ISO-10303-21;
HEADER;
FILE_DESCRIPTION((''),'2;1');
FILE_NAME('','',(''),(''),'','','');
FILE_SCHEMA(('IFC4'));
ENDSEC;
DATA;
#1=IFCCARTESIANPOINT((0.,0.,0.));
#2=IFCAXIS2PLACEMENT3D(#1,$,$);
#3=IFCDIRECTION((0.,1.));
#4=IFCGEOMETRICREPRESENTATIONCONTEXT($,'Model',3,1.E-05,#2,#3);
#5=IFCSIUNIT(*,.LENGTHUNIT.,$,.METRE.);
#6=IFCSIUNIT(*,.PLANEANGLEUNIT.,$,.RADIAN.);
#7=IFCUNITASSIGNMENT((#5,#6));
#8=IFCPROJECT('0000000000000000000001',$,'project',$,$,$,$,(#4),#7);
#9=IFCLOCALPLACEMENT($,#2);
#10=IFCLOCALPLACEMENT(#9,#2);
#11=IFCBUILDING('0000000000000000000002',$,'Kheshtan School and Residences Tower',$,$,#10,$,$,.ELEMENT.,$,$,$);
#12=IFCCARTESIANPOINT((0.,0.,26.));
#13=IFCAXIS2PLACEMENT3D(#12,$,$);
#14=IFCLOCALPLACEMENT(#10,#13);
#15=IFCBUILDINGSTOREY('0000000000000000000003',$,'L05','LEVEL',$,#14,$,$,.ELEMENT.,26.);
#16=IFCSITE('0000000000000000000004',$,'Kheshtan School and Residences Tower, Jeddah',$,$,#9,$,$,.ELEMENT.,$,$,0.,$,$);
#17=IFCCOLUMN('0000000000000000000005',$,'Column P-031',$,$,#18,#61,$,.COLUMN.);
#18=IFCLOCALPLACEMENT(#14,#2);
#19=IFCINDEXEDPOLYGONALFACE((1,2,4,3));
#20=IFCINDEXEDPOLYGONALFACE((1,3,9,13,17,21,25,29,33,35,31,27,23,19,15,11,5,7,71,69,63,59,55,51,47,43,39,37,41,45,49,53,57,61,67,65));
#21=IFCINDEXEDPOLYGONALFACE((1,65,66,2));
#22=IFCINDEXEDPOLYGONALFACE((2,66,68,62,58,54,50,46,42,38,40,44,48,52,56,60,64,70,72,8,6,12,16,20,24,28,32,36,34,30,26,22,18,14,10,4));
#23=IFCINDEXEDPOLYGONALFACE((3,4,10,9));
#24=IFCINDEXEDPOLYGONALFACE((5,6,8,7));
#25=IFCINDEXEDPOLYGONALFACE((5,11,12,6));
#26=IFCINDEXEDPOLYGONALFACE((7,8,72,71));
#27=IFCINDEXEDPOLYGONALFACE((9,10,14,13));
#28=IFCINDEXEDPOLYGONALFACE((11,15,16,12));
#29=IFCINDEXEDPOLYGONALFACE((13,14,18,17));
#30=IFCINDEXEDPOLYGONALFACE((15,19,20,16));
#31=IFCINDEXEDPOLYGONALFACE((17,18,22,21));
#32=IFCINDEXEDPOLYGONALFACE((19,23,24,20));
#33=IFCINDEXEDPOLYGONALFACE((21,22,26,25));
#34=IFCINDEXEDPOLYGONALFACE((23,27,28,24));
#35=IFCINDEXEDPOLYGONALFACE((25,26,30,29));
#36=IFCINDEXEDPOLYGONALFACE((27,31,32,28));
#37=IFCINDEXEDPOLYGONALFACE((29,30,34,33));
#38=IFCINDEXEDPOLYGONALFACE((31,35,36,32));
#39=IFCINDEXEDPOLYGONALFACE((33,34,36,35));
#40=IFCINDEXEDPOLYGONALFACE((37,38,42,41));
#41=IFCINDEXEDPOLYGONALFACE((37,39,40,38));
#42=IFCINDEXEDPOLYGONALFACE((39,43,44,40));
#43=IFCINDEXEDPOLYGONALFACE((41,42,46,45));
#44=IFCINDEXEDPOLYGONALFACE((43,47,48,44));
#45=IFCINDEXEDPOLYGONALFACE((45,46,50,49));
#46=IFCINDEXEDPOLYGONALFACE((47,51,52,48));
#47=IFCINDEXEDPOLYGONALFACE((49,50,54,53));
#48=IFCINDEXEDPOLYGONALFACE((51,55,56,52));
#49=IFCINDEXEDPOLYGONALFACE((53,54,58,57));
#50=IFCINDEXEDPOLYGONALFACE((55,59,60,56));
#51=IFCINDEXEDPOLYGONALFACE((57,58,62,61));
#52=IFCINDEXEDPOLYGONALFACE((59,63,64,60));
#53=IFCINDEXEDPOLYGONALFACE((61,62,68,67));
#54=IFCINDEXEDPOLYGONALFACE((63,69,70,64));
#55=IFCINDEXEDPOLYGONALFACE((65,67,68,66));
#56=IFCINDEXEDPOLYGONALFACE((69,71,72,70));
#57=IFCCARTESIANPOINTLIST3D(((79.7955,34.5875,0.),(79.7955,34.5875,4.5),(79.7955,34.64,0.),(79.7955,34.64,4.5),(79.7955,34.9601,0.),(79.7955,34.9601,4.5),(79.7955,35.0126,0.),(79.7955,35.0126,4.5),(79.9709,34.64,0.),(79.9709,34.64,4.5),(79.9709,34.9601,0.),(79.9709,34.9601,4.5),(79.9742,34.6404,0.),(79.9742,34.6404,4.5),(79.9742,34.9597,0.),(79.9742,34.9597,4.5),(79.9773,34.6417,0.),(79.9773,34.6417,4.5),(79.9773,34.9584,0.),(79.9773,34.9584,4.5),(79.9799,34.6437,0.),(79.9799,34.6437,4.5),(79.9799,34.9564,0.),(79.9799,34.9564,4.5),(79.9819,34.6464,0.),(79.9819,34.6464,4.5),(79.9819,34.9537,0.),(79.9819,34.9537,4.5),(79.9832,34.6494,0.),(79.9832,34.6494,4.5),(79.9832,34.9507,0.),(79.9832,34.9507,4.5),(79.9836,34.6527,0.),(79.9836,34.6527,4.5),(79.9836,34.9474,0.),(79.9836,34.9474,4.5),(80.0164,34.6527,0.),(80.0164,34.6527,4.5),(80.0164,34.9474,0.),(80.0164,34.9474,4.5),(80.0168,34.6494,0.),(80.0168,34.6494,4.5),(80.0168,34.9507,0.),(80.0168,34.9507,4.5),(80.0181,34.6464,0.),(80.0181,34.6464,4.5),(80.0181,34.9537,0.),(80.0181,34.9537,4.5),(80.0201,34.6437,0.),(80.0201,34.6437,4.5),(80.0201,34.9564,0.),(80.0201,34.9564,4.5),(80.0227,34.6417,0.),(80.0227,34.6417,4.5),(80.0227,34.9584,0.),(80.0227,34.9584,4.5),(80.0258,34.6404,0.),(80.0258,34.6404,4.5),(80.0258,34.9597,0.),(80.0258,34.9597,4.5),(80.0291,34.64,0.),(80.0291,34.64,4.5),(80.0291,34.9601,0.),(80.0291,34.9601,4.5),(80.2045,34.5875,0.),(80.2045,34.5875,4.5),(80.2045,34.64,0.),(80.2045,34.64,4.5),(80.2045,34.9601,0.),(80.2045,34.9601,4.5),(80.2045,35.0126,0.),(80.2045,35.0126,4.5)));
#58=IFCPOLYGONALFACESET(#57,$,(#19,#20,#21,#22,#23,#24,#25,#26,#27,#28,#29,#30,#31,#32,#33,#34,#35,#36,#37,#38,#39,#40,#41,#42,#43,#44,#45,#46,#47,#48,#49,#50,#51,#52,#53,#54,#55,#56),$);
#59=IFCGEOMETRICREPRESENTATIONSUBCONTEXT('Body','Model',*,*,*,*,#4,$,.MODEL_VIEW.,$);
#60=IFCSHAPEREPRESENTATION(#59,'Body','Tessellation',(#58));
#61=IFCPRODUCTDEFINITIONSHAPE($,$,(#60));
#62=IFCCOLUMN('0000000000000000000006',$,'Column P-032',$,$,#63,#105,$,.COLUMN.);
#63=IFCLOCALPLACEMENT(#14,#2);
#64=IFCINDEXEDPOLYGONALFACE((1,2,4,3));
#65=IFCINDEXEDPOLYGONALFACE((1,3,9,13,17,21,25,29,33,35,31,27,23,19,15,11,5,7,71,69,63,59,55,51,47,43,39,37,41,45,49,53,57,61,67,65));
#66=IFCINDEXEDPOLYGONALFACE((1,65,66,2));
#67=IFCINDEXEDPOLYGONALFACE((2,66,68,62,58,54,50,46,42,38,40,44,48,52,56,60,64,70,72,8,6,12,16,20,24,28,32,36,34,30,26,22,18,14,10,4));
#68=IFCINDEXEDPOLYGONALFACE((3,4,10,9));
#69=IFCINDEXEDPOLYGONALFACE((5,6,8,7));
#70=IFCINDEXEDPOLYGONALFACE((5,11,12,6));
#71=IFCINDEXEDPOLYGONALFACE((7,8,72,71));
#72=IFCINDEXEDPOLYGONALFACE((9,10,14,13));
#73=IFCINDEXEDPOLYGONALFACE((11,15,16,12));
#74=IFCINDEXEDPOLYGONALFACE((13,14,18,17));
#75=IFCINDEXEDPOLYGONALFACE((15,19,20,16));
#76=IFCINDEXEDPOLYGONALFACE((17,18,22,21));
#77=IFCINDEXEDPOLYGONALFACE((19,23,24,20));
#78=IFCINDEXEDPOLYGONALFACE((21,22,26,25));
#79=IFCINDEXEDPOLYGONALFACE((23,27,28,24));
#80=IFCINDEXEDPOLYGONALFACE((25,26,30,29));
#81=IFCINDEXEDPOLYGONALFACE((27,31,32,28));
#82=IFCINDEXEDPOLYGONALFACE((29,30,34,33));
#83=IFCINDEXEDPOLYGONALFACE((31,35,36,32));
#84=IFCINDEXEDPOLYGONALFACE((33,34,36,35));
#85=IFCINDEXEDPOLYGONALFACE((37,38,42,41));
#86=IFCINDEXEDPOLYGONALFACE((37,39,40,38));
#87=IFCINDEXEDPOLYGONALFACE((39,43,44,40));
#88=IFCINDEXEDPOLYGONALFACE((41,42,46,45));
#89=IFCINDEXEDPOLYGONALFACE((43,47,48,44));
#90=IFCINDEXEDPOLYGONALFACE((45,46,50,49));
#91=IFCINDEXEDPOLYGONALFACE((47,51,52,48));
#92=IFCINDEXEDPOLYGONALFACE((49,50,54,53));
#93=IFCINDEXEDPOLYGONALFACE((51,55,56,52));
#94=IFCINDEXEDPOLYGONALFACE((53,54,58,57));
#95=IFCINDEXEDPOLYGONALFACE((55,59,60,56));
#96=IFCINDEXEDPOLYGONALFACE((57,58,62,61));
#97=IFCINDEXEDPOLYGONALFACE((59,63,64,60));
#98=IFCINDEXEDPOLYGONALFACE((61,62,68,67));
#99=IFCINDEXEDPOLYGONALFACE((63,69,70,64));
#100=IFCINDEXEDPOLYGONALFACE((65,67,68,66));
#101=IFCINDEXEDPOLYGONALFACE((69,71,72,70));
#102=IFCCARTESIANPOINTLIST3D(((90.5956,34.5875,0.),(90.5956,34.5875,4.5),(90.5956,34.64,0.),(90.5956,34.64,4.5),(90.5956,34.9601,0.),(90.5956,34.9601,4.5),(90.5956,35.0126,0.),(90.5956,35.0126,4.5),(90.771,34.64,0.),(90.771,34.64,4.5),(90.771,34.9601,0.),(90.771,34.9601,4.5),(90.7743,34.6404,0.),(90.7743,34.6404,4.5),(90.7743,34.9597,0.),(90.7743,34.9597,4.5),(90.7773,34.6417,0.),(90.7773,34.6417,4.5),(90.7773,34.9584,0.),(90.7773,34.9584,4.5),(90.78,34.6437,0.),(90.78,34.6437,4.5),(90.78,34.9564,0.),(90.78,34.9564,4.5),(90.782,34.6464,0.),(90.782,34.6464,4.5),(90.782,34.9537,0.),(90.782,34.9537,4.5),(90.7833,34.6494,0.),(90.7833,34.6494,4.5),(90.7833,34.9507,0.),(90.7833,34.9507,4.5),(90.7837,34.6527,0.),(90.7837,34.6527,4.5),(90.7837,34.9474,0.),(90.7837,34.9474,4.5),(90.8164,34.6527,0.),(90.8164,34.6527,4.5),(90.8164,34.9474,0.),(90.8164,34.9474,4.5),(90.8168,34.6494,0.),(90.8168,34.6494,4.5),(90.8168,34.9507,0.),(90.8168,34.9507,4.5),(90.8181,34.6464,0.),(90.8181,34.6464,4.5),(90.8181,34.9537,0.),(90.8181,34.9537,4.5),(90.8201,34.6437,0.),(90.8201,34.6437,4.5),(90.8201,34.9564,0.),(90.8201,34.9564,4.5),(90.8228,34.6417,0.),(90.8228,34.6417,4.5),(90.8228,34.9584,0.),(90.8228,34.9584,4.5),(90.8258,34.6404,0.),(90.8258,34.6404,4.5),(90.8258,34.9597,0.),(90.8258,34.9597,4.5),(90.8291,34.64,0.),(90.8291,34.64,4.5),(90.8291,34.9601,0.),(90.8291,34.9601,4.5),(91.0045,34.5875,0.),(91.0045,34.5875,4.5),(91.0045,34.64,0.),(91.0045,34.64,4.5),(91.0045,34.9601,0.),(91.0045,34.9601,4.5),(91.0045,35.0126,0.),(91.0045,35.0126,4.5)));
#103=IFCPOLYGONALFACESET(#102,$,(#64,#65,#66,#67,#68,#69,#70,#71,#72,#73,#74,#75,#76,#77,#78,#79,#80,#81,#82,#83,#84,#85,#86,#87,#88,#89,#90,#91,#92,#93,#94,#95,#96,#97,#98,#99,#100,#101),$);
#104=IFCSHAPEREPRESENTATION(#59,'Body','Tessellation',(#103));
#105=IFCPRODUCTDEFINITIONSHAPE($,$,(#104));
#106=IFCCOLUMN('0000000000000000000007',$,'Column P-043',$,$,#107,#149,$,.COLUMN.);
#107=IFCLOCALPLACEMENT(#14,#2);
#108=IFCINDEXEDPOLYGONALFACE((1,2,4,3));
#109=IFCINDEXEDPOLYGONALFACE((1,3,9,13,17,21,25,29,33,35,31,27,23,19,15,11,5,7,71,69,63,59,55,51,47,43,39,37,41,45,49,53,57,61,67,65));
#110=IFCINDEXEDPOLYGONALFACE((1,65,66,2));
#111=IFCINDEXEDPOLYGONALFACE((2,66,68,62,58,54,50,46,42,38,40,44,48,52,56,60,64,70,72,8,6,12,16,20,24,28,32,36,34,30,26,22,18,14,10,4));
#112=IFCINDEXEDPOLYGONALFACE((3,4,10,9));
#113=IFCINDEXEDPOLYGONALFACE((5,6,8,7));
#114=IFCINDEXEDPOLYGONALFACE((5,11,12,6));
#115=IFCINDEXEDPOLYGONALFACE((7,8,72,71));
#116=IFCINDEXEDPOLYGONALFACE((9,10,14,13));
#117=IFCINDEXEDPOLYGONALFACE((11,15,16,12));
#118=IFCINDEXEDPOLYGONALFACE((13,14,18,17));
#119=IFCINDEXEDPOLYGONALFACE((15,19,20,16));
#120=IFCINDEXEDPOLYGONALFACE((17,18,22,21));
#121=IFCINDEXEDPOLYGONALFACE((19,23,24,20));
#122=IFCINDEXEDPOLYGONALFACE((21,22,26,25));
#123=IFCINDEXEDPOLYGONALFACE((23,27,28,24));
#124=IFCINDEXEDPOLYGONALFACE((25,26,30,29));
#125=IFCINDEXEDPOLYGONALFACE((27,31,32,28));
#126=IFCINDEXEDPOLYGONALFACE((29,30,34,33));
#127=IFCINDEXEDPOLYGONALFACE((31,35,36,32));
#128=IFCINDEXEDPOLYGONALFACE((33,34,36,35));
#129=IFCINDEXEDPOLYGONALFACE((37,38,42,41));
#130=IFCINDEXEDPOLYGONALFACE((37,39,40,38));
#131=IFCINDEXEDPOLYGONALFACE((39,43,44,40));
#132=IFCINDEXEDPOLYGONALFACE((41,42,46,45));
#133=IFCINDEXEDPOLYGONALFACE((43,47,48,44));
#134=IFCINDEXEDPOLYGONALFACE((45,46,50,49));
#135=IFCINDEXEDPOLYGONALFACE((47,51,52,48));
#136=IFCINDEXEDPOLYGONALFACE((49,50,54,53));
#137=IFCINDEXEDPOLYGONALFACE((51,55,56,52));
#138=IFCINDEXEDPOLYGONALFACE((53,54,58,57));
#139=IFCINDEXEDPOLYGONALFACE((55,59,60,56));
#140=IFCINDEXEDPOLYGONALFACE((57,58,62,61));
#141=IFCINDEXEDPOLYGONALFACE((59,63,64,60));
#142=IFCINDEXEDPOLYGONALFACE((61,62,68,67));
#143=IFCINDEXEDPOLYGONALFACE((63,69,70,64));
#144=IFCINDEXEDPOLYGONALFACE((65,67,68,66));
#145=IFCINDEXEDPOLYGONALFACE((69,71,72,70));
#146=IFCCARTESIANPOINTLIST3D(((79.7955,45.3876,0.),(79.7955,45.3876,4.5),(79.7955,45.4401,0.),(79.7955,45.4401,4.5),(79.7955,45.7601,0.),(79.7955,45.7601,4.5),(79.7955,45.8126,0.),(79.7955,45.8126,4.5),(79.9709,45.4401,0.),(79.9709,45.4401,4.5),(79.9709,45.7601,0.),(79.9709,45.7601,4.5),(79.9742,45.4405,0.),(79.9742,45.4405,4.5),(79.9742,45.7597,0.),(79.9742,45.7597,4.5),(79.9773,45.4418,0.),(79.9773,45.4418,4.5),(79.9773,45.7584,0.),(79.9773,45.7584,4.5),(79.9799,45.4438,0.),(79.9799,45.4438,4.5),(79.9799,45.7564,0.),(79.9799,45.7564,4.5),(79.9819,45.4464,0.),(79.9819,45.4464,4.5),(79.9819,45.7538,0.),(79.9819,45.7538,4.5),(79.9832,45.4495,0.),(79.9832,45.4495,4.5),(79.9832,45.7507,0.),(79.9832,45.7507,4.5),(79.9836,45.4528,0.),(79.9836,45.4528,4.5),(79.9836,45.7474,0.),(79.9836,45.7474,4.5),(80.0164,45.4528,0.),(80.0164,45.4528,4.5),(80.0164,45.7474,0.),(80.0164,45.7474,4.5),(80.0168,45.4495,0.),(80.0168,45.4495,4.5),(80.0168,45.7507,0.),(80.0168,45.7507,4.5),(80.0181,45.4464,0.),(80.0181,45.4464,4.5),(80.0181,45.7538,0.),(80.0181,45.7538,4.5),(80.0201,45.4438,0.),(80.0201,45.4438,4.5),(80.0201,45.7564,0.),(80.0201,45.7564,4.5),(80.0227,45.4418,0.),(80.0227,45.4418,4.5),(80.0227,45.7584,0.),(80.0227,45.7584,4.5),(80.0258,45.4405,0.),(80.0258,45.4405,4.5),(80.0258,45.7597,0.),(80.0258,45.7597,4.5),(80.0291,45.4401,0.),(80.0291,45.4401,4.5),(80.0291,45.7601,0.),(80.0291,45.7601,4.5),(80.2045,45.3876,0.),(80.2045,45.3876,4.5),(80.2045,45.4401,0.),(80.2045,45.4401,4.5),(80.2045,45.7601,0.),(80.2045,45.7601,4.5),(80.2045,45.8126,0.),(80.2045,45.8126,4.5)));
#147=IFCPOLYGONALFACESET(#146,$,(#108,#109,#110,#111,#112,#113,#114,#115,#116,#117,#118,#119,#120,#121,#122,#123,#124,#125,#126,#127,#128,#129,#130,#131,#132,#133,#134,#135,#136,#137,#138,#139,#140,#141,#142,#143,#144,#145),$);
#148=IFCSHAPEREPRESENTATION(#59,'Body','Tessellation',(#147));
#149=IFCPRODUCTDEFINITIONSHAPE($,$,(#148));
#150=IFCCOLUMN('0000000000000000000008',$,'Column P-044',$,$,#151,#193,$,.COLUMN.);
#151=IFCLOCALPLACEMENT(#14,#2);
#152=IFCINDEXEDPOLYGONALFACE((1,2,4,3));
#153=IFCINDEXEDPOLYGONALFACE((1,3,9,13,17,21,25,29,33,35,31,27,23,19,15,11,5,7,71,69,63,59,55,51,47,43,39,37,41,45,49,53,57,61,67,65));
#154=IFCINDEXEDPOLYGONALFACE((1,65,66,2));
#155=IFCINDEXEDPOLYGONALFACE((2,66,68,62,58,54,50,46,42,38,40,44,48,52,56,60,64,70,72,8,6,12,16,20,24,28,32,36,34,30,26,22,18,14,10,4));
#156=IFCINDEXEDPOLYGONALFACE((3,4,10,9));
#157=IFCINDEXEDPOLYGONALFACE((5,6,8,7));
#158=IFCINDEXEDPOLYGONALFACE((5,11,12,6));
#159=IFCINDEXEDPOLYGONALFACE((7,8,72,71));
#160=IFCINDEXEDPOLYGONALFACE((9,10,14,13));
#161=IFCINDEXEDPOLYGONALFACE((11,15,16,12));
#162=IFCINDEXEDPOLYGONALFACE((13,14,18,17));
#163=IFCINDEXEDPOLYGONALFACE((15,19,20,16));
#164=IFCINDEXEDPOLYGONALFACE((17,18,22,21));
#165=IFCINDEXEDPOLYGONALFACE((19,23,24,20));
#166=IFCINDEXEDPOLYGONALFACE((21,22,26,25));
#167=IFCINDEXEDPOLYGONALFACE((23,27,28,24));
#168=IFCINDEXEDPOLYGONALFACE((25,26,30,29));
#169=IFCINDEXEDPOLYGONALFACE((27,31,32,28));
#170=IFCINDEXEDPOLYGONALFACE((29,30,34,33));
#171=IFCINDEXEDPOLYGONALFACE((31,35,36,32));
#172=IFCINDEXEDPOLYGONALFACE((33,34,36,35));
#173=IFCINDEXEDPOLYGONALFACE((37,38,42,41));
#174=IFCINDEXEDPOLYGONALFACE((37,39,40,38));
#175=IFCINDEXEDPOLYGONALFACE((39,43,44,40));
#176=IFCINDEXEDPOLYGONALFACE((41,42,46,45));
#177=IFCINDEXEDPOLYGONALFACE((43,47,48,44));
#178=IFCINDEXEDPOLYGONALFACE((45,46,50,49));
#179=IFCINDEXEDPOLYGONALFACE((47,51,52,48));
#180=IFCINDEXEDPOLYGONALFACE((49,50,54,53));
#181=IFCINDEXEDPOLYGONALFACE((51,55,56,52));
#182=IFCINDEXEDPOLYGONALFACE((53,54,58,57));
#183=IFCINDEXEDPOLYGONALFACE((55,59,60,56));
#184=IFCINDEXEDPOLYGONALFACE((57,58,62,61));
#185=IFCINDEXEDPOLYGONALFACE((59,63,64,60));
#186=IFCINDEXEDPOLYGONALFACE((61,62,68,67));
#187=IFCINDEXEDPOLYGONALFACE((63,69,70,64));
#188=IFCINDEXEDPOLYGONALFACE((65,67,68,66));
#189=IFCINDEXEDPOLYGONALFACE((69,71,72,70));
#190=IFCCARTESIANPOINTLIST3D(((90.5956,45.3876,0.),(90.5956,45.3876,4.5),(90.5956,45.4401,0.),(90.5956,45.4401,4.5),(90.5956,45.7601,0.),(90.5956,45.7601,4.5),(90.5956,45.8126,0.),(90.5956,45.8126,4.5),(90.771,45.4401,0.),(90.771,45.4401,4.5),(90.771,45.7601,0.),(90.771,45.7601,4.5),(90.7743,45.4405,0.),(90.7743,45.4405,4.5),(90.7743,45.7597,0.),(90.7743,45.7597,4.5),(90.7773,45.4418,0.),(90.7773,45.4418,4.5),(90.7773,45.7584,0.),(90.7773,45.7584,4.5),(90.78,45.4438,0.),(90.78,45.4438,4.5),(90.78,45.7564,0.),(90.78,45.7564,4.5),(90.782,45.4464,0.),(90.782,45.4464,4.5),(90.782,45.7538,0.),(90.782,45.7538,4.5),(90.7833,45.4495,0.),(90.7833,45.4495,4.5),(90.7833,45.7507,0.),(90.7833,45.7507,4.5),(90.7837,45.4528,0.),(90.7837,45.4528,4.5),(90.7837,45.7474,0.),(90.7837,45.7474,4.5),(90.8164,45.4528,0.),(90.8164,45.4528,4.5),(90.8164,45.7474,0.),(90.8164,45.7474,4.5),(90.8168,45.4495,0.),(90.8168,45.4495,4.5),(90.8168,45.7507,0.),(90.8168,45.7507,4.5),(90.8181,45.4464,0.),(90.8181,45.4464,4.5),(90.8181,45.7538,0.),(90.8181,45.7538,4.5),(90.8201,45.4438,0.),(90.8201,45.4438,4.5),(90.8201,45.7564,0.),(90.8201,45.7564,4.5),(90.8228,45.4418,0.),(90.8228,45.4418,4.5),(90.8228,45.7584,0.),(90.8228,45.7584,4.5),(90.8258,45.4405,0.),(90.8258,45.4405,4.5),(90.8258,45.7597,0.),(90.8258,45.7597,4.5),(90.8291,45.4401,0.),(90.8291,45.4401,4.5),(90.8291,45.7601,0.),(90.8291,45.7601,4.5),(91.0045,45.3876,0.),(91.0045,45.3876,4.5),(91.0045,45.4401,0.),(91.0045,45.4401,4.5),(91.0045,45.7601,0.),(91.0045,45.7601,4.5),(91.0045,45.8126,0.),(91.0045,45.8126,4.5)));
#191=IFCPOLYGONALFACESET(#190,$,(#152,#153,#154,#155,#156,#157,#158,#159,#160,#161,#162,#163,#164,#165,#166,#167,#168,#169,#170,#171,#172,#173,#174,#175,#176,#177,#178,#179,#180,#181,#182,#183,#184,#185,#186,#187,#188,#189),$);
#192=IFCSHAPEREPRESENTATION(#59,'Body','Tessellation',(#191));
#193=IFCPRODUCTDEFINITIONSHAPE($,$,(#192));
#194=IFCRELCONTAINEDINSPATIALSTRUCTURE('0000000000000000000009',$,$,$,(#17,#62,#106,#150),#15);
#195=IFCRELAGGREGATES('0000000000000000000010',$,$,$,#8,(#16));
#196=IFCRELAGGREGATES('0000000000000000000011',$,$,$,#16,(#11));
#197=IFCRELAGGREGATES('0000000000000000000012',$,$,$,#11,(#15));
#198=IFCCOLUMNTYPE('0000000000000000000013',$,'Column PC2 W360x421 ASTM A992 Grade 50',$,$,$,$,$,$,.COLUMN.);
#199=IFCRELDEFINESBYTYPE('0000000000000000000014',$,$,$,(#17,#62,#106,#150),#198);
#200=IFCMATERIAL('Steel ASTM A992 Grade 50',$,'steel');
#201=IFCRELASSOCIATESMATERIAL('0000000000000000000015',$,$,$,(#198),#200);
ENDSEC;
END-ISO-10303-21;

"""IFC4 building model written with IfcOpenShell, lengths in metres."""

from ifc_helpers import new_model, si_unit, direction, frame, origin, origin_2d, place, context, subcontext, project, spatial, i_section, extrude, material, material_profile, profile_set, type_object, element, save


model = new_model("IFC4")

# Units and contexts
model_context = context("Model", 3, precision=1e-05, world=origin(), true_north=direction((0.0, 1.0)))
body_context = subcontext(model_context, "Body", "Model", "MODEL_VIEW")
ifc_project = project(units=[si_unit("LENGTHUNIT", "METRE"), si_unit("PLANEANGLEUNIT", "RADIAN")], contexts=[model_context])

# Site, building, storey
site_placement = place(None, origin())
site = spatial("IfcSite", under=ifc_project, at=site_placement, Name="Kheshtan School and Residences Tower, Jeddah", CompositionType="ELEMENT", RefElevation=0.0)
building_placement = place(site_placement, origin())
building = spatial("IfcBuilding", under=site, at=building_placement, Name="Kheshtan School and Residences Tower", CompositionType="ELEMENT")
storey_placement = place(building_placement, frame((0.0, 0.0, 26.0)))
storey = spatial("IfcBuildingStorey", under=building, at=storey_placement, Name="L05", Description="LEVEL", CompositionType="ELEMENT", Elevation=26.0)

# Columns
ifc_material_1 = material(Name="Steel ASTM A992 Grade 50", Category="steel")
ifc_material_profile = material_profile(ifc_material_1, i_section(OverallWidth=0.4089, OverallDepth=0.425, WebThickness=0.0327, FlangeThickness=0.0525, FilletRadius=0.0127, at=origin_2d()), Name="W360x421")
ifc_profile_set = profile_set([ifc_material_profile], Name="Steel ASTM A992 Grade 50")
column_type = type_object("IfcColumnType", Name="Column PC2 W360x421 ASTM A992 Grade 50", PredefinedType="COLUMN", material=ifc_profile_set)
for number, where, z_axis, x_axis, name in (
    (1, (80.0, 34.8, 0.0), (0.0, 0.0, 1.0), (1.0, 0.0, 0.0), "Column P-031"),
    (2, (90.8, 34.8, 0.0), (0.0, 0.0, 1.0), (1.0, 0.0, 0.0), "Column P-032"),
    (3, (80.0, 45.6001, 0.0), (0.0, 0.0, 1.0), (1.0, 0.0, 0.0), "Column P-043"),
    (4, (90.8, 45.6001, 0.0), (0.0, 0.0, 1.0), (1.0, 0.0, 0.0), "Column P-044"),
):
    element("IfcColumn", number, at=place(storey_placement, frame(where, z_axis=z_axis, x_axis=x_axis)), inside=storey, type_object=column_type, Name=name, PredefinedType="COLUMN", context=body_context, shape_type="SweptSolid", body=[
        extrude(i_section(OverallWidth=0.4089, OverallDepth=0.425, WebThickness=0.0327, FlangeThickness=0.0525, FilletRadius=0.0127, at=origin_2d()), origin(), (0.0, 0.0, 1.0), 4.5),
    ])

save(model, "model.ifc")
